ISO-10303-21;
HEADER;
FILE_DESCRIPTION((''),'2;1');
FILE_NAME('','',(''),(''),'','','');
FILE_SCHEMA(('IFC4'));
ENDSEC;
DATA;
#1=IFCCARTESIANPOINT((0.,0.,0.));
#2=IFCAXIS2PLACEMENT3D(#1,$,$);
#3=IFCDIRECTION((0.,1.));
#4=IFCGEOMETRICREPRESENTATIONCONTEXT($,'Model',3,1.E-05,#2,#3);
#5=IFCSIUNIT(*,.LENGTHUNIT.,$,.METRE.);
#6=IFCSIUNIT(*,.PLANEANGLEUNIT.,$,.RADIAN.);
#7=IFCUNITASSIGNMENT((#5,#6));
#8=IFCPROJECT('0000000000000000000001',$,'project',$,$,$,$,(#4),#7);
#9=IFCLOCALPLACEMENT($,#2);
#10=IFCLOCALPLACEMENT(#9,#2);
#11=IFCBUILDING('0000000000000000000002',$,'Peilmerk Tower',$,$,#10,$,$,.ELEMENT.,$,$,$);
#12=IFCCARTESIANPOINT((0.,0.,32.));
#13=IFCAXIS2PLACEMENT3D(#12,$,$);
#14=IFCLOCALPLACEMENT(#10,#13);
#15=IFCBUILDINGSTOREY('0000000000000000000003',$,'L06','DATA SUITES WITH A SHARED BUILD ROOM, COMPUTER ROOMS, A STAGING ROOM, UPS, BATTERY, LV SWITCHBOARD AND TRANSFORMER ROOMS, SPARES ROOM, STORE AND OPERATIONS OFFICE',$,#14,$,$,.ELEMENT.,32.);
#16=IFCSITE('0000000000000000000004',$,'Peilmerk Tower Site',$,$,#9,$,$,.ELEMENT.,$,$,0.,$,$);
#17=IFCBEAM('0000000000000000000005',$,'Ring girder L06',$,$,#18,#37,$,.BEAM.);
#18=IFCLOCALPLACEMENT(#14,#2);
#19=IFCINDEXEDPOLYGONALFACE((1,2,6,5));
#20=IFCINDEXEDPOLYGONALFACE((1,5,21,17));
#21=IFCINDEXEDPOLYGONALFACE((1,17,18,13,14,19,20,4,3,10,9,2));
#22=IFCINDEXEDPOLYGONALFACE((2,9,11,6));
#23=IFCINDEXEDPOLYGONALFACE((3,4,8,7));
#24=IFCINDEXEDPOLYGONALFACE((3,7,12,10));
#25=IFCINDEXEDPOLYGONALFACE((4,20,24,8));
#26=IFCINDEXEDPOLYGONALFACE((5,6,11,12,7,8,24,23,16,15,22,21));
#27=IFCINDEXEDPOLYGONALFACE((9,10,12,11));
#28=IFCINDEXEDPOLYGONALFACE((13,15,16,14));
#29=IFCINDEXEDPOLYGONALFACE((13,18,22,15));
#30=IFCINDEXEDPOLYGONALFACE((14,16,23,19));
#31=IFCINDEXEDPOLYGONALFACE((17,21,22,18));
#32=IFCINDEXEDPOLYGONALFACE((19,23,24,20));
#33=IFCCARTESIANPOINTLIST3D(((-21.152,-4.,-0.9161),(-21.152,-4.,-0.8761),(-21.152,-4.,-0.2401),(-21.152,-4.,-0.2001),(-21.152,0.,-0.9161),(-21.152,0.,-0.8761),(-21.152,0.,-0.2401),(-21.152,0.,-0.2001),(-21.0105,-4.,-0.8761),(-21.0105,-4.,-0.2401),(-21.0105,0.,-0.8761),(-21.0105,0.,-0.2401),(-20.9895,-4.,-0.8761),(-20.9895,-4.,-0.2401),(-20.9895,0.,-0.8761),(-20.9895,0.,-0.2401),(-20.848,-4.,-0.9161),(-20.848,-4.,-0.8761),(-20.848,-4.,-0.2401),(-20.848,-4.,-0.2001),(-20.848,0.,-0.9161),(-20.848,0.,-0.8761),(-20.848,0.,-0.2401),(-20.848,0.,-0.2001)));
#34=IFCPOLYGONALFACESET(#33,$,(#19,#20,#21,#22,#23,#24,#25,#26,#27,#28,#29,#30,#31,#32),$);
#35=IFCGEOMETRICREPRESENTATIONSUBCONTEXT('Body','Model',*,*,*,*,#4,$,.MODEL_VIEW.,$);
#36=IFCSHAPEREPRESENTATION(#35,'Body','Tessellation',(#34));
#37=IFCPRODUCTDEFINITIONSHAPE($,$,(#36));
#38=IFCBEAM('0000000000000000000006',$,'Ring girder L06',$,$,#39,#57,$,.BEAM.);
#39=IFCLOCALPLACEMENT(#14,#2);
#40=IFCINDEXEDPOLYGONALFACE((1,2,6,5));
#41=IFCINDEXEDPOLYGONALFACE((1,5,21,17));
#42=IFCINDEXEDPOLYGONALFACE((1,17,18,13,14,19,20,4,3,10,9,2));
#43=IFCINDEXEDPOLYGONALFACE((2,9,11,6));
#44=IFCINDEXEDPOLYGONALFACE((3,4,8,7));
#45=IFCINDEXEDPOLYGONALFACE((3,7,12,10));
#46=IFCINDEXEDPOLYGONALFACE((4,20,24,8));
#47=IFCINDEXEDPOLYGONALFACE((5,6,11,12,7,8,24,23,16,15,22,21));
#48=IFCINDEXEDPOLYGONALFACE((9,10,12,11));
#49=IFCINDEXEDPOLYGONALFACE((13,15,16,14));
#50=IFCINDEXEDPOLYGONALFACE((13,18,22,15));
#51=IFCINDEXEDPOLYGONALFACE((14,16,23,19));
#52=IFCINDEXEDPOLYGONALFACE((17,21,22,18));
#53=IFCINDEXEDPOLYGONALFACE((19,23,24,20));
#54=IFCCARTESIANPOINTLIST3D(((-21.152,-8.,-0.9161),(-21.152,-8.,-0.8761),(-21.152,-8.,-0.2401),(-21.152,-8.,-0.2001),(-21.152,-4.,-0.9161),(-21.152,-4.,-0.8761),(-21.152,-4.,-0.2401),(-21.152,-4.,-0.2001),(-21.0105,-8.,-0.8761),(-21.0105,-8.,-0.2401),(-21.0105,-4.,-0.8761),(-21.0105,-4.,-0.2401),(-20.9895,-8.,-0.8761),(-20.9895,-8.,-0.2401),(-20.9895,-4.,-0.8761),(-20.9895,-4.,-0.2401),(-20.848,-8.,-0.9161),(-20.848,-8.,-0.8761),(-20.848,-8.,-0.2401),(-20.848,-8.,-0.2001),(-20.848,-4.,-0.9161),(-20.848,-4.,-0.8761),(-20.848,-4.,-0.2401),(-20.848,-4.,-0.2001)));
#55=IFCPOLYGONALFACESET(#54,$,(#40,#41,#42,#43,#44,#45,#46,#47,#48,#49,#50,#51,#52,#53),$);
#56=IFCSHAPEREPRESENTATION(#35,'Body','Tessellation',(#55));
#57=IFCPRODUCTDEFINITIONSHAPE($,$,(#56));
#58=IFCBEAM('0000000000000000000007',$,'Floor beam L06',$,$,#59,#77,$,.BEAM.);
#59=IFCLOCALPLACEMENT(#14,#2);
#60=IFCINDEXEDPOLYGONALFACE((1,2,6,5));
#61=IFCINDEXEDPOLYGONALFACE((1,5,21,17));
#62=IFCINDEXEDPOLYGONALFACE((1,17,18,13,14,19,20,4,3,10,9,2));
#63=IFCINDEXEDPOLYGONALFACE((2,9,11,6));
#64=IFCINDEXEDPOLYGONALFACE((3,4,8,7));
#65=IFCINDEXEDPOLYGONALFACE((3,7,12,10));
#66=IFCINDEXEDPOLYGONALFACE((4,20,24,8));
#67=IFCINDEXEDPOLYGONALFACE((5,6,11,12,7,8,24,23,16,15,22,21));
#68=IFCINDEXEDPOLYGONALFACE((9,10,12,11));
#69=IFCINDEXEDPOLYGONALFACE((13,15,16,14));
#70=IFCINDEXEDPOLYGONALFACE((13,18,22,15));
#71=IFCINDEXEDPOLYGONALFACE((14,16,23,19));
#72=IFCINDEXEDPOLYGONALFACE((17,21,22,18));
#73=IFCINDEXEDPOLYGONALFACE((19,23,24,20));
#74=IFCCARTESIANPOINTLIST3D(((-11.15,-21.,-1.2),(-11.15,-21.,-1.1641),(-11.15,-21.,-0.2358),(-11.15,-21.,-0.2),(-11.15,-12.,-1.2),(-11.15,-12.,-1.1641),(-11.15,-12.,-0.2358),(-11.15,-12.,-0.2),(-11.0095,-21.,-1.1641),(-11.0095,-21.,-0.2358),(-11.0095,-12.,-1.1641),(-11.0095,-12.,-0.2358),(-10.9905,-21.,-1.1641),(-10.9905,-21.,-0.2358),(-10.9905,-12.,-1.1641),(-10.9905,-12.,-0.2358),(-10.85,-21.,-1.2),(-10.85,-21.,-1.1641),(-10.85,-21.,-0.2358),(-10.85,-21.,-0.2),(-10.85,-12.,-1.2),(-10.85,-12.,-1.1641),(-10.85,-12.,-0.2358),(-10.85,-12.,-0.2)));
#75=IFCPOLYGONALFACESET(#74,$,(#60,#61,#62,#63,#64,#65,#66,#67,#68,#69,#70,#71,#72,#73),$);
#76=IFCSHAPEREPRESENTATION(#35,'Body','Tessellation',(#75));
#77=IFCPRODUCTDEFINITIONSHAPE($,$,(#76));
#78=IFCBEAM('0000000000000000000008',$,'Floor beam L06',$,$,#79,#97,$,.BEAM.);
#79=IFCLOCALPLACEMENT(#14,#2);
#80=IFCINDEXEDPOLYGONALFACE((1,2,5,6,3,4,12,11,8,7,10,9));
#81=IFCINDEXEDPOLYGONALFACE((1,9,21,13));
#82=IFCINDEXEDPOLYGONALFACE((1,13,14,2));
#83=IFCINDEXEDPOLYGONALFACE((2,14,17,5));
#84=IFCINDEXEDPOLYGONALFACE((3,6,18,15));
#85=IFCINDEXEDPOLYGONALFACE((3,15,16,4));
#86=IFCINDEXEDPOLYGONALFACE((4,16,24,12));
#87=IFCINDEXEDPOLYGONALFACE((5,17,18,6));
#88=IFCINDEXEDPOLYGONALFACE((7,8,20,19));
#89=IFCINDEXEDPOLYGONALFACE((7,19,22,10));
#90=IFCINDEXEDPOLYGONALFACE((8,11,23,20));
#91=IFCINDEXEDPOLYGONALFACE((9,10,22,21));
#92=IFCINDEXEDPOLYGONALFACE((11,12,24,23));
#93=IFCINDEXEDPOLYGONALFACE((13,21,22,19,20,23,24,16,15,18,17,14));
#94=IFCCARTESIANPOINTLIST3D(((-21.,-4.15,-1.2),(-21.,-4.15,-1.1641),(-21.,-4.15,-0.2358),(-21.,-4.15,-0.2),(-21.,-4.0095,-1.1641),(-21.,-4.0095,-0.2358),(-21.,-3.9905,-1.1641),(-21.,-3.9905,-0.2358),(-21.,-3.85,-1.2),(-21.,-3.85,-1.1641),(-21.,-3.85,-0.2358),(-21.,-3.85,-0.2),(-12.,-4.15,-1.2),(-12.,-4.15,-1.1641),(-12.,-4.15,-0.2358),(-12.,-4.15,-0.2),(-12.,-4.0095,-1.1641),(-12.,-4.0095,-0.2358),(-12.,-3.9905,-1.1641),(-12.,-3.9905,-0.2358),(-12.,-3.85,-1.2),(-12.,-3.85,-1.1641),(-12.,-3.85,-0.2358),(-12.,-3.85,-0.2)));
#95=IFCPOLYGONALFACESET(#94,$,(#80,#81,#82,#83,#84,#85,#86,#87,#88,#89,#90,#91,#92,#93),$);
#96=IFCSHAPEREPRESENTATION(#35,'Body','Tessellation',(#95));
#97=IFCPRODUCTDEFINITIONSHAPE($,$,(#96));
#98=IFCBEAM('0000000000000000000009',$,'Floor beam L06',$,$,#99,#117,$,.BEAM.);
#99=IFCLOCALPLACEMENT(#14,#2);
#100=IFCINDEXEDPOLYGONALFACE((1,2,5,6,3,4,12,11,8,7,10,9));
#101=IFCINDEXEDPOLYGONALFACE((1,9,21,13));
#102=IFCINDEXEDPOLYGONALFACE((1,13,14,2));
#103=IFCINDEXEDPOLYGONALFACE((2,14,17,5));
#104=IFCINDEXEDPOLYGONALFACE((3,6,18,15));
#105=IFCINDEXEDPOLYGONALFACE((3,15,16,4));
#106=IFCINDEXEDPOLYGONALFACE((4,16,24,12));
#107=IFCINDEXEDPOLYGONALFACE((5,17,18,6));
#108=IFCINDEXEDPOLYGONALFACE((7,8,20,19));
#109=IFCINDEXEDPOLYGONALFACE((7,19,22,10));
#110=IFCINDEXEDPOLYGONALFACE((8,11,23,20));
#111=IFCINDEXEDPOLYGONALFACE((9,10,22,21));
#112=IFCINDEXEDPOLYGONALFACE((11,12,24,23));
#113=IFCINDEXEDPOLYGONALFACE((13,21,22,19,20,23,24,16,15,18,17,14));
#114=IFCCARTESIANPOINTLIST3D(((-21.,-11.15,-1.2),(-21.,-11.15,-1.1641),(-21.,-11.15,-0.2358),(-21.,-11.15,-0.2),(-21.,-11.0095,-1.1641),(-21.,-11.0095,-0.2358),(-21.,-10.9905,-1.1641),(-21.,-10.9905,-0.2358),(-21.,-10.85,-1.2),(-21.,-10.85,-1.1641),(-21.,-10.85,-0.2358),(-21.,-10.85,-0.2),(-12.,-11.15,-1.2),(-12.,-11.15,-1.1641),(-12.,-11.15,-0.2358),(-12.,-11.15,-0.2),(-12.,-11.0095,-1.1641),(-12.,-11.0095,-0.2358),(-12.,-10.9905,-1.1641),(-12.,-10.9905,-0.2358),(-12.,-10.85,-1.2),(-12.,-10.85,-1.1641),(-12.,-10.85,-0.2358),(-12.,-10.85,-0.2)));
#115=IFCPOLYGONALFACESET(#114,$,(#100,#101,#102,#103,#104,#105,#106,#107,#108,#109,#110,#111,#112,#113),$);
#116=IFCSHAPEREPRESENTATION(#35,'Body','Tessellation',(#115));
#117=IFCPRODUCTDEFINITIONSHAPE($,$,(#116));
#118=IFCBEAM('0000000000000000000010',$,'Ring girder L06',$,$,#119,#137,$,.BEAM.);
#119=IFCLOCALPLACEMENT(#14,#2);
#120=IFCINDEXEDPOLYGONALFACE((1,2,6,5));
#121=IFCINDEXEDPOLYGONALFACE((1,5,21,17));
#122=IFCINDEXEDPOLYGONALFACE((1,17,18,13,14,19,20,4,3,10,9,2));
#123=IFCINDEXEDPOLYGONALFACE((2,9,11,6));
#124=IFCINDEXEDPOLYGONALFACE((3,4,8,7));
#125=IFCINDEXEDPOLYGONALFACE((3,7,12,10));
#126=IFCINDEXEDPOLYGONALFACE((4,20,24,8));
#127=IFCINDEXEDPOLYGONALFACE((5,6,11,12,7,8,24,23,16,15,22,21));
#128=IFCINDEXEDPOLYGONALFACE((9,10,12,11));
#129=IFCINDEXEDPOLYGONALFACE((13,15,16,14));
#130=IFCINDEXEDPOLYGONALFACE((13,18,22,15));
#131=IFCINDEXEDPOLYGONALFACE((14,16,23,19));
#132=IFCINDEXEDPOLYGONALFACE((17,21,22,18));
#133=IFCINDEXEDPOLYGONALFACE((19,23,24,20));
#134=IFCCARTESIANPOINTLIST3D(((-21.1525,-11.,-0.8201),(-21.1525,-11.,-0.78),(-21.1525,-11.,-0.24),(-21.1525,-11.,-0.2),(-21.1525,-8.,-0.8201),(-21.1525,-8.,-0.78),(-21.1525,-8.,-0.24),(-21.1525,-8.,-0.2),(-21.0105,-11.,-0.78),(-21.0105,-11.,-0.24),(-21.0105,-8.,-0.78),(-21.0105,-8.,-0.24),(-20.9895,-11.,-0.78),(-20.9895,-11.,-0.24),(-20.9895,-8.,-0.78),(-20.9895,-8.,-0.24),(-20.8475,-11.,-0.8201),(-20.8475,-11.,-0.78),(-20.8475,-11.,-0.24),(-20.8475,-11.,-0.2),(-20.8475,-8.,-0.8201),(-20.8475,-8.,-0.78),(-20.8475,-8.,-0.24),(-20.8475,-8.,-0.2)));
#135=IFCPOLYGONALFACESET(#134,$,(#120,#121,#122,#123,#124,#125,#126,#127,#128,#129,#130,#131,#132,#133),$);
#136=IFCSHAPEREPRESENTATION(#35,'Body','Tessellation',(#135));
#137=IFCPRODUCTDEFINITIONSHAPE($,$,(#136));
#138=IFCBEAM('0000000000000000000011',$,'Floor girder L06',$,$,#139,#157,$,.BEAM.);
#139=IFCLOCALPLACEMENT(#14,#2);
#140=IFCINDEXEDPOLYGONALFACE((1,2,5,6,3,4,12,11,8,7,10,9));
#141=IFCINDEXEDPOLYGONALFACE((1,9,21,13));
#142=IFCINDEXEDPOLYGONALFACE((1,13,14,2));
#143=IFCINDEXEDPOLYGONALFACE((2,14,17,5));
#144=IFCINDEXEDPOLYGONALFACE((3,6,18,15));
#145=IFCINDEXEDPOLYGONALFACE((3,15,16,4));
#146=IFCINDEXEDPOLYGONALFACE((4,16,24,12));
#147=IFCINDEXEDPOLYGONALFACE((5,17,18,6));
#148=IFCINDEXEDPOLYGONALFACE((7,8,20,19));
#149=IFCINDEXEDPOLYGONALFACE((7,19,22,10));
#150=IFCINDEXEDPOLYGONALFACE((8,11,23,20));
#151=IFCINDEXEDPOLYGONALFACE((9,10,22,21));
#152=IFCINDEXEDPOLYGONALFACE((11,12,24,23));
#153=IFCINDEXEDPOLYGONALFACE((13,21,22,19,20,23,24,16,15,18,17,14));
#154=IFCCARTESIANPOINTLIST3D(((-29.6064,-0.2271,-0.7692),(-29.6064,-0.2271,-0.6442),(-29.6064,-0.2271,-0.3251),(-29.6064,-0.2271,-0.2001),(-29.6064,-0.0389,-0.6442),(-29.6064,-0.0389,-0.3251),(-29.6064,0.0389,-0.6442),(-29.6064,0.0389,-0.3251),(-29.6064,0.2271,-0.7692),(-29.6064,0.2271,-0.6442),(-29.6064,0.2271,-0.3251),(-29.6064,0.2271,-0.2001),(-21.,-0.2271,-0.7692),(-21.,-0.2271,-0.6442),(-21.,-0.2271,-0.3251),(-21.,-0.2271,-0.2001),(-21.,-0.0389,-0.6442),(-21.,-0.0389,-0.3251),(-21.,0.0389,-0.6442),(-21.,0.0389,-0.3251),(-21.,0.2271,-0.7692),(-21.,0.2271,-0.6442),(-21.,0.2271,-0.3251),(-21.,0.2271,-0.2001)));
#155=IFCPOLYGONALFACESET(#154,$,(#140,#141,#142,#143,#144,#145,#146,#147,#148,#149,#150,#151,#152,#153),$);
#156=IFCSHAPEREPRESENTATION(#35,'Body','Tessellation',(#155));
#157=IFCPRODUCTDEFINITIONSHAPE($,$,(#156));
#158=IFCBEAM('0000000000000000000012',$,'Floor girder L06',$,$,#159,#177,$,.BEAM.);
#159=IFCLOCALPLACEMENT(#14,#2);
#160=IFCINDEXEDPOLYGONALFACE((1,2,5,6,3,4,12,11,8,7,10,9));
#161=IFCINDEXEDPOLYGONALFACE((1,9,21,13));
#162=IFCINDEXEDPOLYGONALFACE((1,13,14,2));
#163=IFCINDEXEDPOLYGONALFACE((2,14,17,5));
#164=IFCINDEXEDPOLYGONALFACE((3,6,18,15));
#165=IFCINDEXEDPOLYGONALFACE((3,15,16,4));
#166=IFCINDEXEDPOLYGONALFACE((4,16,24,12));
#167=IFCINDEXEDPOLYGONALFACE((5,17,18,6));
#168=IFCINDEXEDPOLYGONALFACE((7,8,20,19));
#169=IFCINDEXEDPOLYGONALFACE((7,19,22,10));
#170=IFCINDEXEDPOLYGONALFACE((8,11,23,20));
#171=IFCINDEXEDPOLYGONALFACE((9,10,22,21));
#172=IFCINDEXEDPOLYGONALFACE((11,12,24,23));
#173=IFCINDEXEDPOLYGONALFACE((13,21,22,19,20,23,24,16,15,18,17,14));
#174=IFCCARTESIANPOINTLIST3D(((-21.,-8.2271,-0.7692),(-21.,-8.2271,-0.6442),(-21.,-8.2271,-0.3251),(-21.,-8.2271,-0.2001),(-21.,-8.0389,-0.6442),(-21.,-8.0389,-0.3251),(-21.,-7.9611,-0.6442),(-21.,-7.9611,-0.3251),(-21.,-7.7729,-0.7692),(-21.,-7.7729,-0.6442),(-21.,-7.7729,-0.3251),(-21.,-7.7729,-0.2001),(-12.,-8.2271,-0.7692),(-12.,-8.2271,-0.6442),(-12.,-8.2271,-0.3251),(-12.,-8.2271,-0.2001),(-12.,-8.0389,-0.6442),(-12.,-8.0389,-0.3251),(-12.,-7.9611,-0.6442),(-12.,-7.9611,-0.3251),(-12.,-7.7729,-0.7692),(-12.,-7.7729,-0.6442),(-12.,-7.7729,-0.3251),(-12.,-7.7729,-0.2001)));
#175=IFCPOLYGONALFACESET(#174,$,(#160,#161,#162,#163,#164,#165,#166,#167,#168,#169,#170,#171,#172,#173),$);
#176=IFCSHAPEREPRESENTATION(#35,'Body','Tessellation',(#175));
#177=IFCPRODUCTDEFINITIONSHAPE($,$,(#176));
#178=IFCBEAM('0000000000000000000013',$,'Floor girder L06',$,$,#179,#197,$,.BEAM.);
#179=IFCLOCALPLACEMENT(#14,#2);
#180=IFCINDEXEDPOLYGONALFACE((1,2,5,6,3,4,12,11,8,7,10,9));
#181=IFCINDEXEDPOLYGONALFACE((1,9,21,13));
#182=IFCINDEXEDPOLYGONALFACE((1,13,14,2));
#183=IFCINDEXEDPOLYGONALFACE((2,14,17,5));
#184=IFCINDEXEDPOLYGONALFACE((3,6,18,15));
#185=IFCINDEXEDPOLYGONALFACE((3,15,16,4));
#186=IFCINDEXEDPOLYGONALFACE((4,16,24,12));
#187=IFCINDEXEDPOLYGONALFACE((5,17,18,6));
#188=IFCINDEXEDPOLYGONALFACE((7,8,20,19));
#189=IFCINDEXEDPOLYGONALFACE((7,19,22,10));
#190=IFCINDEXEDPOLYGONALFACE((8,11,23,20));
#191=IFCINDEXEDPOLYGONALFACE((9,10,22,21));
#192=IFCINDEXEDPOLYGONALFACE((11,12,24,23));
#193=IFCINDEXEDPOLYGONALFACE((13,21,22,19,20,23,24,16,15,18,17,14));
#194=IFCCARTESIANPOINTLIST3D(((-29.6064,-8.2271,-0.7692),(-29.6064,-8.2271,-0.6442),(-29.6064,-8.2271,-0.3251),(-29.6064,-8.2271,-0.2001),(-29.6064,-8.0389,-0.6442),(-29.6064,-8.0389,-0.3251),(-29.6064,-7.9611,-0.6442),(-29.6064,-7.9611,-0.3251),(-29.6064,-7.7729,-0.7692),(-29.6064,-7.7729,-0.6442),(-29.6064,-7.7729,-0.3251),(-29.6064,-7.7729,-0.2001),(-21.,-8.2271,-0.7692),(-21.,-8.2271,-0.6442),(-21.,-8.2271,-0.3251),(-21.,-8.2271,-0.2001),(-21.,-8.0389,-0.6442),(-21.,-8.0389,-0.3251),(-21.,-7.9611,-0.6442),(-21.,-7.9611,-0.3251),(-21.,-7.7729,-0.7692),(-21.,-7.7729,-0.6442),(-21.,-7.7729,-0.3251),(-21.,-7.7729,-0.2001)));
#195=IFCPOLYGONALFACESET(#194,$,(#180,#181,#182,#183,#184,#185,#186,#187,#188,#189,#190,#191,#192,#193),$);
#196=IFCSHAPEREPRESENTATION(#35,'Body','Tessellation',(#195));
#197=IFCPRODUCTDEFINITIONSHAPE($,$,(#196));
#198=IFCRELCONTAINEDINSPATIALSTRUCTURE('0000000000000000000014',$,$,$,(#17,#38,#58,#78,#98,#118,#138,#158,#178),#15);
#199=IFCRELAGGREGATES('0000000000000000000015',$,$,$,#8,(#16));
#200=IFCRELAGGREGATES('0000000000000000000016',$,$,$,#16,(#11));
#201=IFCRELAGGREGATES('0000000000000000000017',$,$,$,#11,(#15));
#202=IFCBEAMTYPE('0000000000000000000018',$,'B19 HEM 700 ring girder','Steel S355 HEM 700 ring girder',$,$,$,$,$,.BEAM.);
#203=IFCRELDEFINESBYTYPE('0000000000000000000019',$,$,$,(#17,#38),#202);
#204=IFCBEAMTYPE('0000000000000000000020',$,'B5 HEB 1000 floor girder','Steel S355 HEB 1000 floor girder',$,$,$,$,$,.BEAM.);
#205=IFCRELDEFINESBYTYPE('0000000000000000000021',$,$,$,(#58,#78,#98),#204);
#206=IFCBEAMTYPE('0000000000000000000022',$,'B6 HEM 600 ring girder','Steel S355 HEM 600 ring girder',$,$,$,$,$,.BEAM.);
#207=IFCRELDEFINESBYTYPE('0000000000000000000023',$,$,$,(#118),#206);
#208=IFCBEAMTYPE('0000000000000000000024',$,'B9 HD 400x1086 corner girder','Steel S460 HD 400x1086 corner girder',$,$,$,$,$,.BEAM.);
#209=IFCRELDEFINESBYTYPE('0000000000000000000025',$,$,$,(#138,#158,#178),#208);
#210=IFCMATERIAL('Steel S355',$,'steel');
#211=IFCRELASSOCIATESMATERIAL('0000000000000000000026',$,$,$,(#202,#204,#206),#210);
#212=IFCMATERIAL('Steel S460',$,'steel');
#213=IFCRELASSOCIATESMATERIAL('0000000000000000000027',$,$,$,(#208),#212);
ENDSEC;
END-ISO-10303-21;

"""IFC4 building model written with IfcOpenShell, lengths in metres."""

from ifc_helpers import new_model, si_unit, direction, frame, origin, origin_2d, place, context, subcontext, project, spatial, i_section, extrude, material, material_profile, profile_set, type_object, element, save


model = new_model("IFC4")

# Units and contexts
model_context = context("Model", 3, precision=1e-05, world=origin(), true_north=direction((0.0, 1.0)))
body_context = subcontext(model_context, "Body", "Model", "MODEL_VIEW")
ifc_project = project(units=[si_unit("LENGTHUNIT", "METRE"), si_unit("PLANEANGLEUNIT", "RADIAN")], contexts=[model_context])

# Site, building, storey
site_placement = place(None, origin())
site = spatial("IfcSite", under=ifc_project, at=site_placement, Name="Peilmerk Tower Site", CompositionType="ELEMENT", RefElevation=0.0)
building_placement = place(site_placement, origin())
building = spatial("IfcBuilding", under=site, at=building_placement, Name="Peilmerk Tower", CompositionType="ELEMENT")
storey_placement = place(building_placement, frame((0.0, 0.0, 32.0)))
storey = spatial("IfcBuildingStorey", under=building, at=storey_placement, Name="L06", Description="DATA SUITES WITH A SHARED BUILD ROOM, COMPUTER ROOMS, A STAGING ROOM, UPS, BATTERY, LV SWITCHBOARD AND TRANSFORMER ROOMS, SPARES ROOM, STORE AND OPERATIONS OFFICE", CompositionType="ELEMENT", Elevation=32.0)

# Beams
ifc_material_1 = material(Name="Steel S355", Category="steel")
ifc_material_profile_1 = material_profile(ifc_material_1, i_section(OverallWidth=0.304, OverallDepth=0.7161, WebThickness=0.021, FlangeThickness=0.04, at=origin_2d()), Name="HEM 700")
ifc_profile_set_1 = profile_set([ifc_material_profile_1], Name="Steel S355")
beam_type_1 = type_object("IfcBeamType", Name="B19 HEM 700 ring girder", Description="Steel S355 HEM 700 ring girder", PredefinedType="BEAM", material=ifc_profile_set_1)
for number, where, z_axis, x_axis, name in (
    (1, (-21.0, 0.0, -0.5581), (0.0, -1.0, 0.0), (1.0, 0.0, 0.0), "Ring girder L06"),
    (2, (-21.0, -4.0, -0.5581), (0.0, -1.0, 0.0), (1.0, 0.0, 0.0), "Ring girder L06"),
):
    element("IfcBeam", number, at=place(storey_placement, frame(where, z_axis=z_axis, x_axis=x_axis)), inside=storey, type_object=beam_type_1, Name=name, PredefinedType="BEAM", context=body_context, shape_type="SweptSolid", body=[
        extrude(i_section(OverallWidth=0.304, OverallDepth=0.7161, WebThickness=0.021, FlangeThickness=0.04, at=origin_2d()), origin(), (0.0, 0.0, 1.0), 4.0),
    ])
ifc_material_profile_2 = material_profile(ifc_material_1, i_section(OverallWidth=0.3, OverallDepth=1.0, WebThickness=0.019, FlangeThickness=0.0359, at=origin_2d()), Name="HEB 1000")
ifc_profile_set_2 = profile_set([ifc_material_profile_2], Name="Steel S355")
beam_type_2 = type_object("IfcBeamType", Name="B5 HEB 1000 floor girder", Description="Steel S355 HEB 1000 floor girder", PredefinedType="BEAM", material=ifc_profile_set_2)
for number, where, z_axis, x_axis, name in (
    (3, (-11.0, -12.0, -0.7), (0.0, -1.0, 0.0), (1.0, 0.0, 0.0), "Floor beam L06"),
    (4, (-12.0, -4.0, -0.7), (-1.0, 0.0, 0.0), (0.0, -1.0, 0.0), "Floor beam L06"),
    (5, (-12.0, -11.0, -0.7), (-1.0, 0.0, 0.0), (0.0, -1.0, 0.0), "Floor beam L06"),
):
    element("IfcBeam", number, at=place(storey_placement, frame(where, z_axis=z_axis, x_axis=x_axis)), inside=storey, type_object=beam_type_2, Name=name, PredefinedType="BEAM", context=body_context, shape_type="SweptSolid", body=[
        extrude(i_section(OverallWidth=0.3, OverallDepth=1.0, WebThickness=0.019, FlangeThickness=0.0359, at=origin_2d()), origin(), (0.0, 0.0, 1.0), 9.0),
    ])
ifc_material_profile_3 = material_profile(ifc_material_1, i_section(OverallWidth=0.3049, OverallDepth=0.6201, WebThickness=0.021, FlangeThickness=0.04, at=origin_2d()), Name="HEM 600")
ifc_profile_set_3 = profile_set([ifc_material_profile_3], Name="Steel S355")
beam_type_3 = type_object("IfcBeamType", Name="B6 HEM 600 ring girder", Description="Steel S355 HEM 600 ring girder", PredefinedType="BEAM", material=ifc_profile_set_3)
beam_1_placement = place(storey_placement, frame((-21.0, -8.0, -0.51), z_axis=(0.0, -1.0, 0.0), x_axis=(1.0, 0.0, 0.0)))
element("IfcBeam", 6, at=beam_1_placement, inside=storey, type_object=beam_type_3, Name="Ring girder L06", PredefinedType="BEAM", context=body_context, shape_type="SweptSolid", body=[
    extrude(i_section(OverallWidth=0.3049, OverallDepth=0.6201, WebThickness=0.021, FlangeThickness=0.04, at=origin_2d()), origin(), (0.0, 0.0, 1.0), 3.0),
])
ifc_material_2 = material(Name="Steel S460", Category="steel")
ifc_material_profile_4 = material_profile(ifc_material_2, i_section(OverallWidth=0.4541, OverallDepth=0.5691, WebThickness=0.0779, FlangeThickness=0.125, at=origin_2d()), Name="HD 400x1086")
ifc_profile_set_4 = profile_set([ifc_material_profile_4], Name="Steel S460")
beam_type_4 = type_object("IfcBeamType", Name="B9 HD 400x1086 corner girder", Description="Steel S460 HD 400x1086 corner girder", PredefinedType="BEAM", material=ifc_profile_set_4)
beam_2_placement = place(storey_placement, frame((-21.0, 0.0, -0.4846), z_axis=(-1.0, 0.0, 0.0), x_axis=(0.0, -1.0, 0.0)))
element("IfcBeam", 7, at=beam_2_placement, inside=storey, type_object=beam_type_4, Name="Floor girder L06", PredefinedType="BEAM", context=body_context, shape_type="SweptSolid", body=[
    extrude(i_section(OverallWidth=0.4541, OverallDepth=0.5691, WebThickness=0.0779, FlangeThickness=0.125, at=origin_2d()), origin(), (0.0, 0.0, 1.0), 8.6064),
])
beam_3_placement = place(storey_placement, frame((-12.0, -8.0, -0.4846), z_axis=(-1.0, 0.0, 0.0), x_axis=(0.0, -1.0, 0.0)))
element("IfcBeam", 8, at=beam_3_placement, inside=storey, type_object=beam_type_4, Name="Floor girder L06", PredefinedType="BEAM", context=body_context, shape_type="SweptSolid", body=[
    extrude(i_section(OverallWidth=0.4541, OverallDepth=0.5691, WebThickness=0.0779, FlangeThickness=0.125, at=origin_2d()), origin(), (0.0, 0.0, 1.0), 9.0),
])
beam_4_placement = place(storey_placement, frame((-21.0, -8.0, -0.4846), z_axis=(-1.0, 0.0, 0.0), x_axis=(0.0, -1.0, 0.0)))
element("IfcBeam", 9, at=beam_4_placement, inside=storey, type_object=beam_type_4, Name="Floor girder L06", PredefinedType="BEAM", context=body_context, shape_type="SweptSolid", body=[
    extrude(i_section(OverallWidth=0.4541, OverallDepth=0.5691, WebThickness=0.0779, FlangeThickness=0.125, at=origin_2d()), origin(), (0.0, 0.0, 1.0), 8.6064),
])

save(model, "model.ifc")
